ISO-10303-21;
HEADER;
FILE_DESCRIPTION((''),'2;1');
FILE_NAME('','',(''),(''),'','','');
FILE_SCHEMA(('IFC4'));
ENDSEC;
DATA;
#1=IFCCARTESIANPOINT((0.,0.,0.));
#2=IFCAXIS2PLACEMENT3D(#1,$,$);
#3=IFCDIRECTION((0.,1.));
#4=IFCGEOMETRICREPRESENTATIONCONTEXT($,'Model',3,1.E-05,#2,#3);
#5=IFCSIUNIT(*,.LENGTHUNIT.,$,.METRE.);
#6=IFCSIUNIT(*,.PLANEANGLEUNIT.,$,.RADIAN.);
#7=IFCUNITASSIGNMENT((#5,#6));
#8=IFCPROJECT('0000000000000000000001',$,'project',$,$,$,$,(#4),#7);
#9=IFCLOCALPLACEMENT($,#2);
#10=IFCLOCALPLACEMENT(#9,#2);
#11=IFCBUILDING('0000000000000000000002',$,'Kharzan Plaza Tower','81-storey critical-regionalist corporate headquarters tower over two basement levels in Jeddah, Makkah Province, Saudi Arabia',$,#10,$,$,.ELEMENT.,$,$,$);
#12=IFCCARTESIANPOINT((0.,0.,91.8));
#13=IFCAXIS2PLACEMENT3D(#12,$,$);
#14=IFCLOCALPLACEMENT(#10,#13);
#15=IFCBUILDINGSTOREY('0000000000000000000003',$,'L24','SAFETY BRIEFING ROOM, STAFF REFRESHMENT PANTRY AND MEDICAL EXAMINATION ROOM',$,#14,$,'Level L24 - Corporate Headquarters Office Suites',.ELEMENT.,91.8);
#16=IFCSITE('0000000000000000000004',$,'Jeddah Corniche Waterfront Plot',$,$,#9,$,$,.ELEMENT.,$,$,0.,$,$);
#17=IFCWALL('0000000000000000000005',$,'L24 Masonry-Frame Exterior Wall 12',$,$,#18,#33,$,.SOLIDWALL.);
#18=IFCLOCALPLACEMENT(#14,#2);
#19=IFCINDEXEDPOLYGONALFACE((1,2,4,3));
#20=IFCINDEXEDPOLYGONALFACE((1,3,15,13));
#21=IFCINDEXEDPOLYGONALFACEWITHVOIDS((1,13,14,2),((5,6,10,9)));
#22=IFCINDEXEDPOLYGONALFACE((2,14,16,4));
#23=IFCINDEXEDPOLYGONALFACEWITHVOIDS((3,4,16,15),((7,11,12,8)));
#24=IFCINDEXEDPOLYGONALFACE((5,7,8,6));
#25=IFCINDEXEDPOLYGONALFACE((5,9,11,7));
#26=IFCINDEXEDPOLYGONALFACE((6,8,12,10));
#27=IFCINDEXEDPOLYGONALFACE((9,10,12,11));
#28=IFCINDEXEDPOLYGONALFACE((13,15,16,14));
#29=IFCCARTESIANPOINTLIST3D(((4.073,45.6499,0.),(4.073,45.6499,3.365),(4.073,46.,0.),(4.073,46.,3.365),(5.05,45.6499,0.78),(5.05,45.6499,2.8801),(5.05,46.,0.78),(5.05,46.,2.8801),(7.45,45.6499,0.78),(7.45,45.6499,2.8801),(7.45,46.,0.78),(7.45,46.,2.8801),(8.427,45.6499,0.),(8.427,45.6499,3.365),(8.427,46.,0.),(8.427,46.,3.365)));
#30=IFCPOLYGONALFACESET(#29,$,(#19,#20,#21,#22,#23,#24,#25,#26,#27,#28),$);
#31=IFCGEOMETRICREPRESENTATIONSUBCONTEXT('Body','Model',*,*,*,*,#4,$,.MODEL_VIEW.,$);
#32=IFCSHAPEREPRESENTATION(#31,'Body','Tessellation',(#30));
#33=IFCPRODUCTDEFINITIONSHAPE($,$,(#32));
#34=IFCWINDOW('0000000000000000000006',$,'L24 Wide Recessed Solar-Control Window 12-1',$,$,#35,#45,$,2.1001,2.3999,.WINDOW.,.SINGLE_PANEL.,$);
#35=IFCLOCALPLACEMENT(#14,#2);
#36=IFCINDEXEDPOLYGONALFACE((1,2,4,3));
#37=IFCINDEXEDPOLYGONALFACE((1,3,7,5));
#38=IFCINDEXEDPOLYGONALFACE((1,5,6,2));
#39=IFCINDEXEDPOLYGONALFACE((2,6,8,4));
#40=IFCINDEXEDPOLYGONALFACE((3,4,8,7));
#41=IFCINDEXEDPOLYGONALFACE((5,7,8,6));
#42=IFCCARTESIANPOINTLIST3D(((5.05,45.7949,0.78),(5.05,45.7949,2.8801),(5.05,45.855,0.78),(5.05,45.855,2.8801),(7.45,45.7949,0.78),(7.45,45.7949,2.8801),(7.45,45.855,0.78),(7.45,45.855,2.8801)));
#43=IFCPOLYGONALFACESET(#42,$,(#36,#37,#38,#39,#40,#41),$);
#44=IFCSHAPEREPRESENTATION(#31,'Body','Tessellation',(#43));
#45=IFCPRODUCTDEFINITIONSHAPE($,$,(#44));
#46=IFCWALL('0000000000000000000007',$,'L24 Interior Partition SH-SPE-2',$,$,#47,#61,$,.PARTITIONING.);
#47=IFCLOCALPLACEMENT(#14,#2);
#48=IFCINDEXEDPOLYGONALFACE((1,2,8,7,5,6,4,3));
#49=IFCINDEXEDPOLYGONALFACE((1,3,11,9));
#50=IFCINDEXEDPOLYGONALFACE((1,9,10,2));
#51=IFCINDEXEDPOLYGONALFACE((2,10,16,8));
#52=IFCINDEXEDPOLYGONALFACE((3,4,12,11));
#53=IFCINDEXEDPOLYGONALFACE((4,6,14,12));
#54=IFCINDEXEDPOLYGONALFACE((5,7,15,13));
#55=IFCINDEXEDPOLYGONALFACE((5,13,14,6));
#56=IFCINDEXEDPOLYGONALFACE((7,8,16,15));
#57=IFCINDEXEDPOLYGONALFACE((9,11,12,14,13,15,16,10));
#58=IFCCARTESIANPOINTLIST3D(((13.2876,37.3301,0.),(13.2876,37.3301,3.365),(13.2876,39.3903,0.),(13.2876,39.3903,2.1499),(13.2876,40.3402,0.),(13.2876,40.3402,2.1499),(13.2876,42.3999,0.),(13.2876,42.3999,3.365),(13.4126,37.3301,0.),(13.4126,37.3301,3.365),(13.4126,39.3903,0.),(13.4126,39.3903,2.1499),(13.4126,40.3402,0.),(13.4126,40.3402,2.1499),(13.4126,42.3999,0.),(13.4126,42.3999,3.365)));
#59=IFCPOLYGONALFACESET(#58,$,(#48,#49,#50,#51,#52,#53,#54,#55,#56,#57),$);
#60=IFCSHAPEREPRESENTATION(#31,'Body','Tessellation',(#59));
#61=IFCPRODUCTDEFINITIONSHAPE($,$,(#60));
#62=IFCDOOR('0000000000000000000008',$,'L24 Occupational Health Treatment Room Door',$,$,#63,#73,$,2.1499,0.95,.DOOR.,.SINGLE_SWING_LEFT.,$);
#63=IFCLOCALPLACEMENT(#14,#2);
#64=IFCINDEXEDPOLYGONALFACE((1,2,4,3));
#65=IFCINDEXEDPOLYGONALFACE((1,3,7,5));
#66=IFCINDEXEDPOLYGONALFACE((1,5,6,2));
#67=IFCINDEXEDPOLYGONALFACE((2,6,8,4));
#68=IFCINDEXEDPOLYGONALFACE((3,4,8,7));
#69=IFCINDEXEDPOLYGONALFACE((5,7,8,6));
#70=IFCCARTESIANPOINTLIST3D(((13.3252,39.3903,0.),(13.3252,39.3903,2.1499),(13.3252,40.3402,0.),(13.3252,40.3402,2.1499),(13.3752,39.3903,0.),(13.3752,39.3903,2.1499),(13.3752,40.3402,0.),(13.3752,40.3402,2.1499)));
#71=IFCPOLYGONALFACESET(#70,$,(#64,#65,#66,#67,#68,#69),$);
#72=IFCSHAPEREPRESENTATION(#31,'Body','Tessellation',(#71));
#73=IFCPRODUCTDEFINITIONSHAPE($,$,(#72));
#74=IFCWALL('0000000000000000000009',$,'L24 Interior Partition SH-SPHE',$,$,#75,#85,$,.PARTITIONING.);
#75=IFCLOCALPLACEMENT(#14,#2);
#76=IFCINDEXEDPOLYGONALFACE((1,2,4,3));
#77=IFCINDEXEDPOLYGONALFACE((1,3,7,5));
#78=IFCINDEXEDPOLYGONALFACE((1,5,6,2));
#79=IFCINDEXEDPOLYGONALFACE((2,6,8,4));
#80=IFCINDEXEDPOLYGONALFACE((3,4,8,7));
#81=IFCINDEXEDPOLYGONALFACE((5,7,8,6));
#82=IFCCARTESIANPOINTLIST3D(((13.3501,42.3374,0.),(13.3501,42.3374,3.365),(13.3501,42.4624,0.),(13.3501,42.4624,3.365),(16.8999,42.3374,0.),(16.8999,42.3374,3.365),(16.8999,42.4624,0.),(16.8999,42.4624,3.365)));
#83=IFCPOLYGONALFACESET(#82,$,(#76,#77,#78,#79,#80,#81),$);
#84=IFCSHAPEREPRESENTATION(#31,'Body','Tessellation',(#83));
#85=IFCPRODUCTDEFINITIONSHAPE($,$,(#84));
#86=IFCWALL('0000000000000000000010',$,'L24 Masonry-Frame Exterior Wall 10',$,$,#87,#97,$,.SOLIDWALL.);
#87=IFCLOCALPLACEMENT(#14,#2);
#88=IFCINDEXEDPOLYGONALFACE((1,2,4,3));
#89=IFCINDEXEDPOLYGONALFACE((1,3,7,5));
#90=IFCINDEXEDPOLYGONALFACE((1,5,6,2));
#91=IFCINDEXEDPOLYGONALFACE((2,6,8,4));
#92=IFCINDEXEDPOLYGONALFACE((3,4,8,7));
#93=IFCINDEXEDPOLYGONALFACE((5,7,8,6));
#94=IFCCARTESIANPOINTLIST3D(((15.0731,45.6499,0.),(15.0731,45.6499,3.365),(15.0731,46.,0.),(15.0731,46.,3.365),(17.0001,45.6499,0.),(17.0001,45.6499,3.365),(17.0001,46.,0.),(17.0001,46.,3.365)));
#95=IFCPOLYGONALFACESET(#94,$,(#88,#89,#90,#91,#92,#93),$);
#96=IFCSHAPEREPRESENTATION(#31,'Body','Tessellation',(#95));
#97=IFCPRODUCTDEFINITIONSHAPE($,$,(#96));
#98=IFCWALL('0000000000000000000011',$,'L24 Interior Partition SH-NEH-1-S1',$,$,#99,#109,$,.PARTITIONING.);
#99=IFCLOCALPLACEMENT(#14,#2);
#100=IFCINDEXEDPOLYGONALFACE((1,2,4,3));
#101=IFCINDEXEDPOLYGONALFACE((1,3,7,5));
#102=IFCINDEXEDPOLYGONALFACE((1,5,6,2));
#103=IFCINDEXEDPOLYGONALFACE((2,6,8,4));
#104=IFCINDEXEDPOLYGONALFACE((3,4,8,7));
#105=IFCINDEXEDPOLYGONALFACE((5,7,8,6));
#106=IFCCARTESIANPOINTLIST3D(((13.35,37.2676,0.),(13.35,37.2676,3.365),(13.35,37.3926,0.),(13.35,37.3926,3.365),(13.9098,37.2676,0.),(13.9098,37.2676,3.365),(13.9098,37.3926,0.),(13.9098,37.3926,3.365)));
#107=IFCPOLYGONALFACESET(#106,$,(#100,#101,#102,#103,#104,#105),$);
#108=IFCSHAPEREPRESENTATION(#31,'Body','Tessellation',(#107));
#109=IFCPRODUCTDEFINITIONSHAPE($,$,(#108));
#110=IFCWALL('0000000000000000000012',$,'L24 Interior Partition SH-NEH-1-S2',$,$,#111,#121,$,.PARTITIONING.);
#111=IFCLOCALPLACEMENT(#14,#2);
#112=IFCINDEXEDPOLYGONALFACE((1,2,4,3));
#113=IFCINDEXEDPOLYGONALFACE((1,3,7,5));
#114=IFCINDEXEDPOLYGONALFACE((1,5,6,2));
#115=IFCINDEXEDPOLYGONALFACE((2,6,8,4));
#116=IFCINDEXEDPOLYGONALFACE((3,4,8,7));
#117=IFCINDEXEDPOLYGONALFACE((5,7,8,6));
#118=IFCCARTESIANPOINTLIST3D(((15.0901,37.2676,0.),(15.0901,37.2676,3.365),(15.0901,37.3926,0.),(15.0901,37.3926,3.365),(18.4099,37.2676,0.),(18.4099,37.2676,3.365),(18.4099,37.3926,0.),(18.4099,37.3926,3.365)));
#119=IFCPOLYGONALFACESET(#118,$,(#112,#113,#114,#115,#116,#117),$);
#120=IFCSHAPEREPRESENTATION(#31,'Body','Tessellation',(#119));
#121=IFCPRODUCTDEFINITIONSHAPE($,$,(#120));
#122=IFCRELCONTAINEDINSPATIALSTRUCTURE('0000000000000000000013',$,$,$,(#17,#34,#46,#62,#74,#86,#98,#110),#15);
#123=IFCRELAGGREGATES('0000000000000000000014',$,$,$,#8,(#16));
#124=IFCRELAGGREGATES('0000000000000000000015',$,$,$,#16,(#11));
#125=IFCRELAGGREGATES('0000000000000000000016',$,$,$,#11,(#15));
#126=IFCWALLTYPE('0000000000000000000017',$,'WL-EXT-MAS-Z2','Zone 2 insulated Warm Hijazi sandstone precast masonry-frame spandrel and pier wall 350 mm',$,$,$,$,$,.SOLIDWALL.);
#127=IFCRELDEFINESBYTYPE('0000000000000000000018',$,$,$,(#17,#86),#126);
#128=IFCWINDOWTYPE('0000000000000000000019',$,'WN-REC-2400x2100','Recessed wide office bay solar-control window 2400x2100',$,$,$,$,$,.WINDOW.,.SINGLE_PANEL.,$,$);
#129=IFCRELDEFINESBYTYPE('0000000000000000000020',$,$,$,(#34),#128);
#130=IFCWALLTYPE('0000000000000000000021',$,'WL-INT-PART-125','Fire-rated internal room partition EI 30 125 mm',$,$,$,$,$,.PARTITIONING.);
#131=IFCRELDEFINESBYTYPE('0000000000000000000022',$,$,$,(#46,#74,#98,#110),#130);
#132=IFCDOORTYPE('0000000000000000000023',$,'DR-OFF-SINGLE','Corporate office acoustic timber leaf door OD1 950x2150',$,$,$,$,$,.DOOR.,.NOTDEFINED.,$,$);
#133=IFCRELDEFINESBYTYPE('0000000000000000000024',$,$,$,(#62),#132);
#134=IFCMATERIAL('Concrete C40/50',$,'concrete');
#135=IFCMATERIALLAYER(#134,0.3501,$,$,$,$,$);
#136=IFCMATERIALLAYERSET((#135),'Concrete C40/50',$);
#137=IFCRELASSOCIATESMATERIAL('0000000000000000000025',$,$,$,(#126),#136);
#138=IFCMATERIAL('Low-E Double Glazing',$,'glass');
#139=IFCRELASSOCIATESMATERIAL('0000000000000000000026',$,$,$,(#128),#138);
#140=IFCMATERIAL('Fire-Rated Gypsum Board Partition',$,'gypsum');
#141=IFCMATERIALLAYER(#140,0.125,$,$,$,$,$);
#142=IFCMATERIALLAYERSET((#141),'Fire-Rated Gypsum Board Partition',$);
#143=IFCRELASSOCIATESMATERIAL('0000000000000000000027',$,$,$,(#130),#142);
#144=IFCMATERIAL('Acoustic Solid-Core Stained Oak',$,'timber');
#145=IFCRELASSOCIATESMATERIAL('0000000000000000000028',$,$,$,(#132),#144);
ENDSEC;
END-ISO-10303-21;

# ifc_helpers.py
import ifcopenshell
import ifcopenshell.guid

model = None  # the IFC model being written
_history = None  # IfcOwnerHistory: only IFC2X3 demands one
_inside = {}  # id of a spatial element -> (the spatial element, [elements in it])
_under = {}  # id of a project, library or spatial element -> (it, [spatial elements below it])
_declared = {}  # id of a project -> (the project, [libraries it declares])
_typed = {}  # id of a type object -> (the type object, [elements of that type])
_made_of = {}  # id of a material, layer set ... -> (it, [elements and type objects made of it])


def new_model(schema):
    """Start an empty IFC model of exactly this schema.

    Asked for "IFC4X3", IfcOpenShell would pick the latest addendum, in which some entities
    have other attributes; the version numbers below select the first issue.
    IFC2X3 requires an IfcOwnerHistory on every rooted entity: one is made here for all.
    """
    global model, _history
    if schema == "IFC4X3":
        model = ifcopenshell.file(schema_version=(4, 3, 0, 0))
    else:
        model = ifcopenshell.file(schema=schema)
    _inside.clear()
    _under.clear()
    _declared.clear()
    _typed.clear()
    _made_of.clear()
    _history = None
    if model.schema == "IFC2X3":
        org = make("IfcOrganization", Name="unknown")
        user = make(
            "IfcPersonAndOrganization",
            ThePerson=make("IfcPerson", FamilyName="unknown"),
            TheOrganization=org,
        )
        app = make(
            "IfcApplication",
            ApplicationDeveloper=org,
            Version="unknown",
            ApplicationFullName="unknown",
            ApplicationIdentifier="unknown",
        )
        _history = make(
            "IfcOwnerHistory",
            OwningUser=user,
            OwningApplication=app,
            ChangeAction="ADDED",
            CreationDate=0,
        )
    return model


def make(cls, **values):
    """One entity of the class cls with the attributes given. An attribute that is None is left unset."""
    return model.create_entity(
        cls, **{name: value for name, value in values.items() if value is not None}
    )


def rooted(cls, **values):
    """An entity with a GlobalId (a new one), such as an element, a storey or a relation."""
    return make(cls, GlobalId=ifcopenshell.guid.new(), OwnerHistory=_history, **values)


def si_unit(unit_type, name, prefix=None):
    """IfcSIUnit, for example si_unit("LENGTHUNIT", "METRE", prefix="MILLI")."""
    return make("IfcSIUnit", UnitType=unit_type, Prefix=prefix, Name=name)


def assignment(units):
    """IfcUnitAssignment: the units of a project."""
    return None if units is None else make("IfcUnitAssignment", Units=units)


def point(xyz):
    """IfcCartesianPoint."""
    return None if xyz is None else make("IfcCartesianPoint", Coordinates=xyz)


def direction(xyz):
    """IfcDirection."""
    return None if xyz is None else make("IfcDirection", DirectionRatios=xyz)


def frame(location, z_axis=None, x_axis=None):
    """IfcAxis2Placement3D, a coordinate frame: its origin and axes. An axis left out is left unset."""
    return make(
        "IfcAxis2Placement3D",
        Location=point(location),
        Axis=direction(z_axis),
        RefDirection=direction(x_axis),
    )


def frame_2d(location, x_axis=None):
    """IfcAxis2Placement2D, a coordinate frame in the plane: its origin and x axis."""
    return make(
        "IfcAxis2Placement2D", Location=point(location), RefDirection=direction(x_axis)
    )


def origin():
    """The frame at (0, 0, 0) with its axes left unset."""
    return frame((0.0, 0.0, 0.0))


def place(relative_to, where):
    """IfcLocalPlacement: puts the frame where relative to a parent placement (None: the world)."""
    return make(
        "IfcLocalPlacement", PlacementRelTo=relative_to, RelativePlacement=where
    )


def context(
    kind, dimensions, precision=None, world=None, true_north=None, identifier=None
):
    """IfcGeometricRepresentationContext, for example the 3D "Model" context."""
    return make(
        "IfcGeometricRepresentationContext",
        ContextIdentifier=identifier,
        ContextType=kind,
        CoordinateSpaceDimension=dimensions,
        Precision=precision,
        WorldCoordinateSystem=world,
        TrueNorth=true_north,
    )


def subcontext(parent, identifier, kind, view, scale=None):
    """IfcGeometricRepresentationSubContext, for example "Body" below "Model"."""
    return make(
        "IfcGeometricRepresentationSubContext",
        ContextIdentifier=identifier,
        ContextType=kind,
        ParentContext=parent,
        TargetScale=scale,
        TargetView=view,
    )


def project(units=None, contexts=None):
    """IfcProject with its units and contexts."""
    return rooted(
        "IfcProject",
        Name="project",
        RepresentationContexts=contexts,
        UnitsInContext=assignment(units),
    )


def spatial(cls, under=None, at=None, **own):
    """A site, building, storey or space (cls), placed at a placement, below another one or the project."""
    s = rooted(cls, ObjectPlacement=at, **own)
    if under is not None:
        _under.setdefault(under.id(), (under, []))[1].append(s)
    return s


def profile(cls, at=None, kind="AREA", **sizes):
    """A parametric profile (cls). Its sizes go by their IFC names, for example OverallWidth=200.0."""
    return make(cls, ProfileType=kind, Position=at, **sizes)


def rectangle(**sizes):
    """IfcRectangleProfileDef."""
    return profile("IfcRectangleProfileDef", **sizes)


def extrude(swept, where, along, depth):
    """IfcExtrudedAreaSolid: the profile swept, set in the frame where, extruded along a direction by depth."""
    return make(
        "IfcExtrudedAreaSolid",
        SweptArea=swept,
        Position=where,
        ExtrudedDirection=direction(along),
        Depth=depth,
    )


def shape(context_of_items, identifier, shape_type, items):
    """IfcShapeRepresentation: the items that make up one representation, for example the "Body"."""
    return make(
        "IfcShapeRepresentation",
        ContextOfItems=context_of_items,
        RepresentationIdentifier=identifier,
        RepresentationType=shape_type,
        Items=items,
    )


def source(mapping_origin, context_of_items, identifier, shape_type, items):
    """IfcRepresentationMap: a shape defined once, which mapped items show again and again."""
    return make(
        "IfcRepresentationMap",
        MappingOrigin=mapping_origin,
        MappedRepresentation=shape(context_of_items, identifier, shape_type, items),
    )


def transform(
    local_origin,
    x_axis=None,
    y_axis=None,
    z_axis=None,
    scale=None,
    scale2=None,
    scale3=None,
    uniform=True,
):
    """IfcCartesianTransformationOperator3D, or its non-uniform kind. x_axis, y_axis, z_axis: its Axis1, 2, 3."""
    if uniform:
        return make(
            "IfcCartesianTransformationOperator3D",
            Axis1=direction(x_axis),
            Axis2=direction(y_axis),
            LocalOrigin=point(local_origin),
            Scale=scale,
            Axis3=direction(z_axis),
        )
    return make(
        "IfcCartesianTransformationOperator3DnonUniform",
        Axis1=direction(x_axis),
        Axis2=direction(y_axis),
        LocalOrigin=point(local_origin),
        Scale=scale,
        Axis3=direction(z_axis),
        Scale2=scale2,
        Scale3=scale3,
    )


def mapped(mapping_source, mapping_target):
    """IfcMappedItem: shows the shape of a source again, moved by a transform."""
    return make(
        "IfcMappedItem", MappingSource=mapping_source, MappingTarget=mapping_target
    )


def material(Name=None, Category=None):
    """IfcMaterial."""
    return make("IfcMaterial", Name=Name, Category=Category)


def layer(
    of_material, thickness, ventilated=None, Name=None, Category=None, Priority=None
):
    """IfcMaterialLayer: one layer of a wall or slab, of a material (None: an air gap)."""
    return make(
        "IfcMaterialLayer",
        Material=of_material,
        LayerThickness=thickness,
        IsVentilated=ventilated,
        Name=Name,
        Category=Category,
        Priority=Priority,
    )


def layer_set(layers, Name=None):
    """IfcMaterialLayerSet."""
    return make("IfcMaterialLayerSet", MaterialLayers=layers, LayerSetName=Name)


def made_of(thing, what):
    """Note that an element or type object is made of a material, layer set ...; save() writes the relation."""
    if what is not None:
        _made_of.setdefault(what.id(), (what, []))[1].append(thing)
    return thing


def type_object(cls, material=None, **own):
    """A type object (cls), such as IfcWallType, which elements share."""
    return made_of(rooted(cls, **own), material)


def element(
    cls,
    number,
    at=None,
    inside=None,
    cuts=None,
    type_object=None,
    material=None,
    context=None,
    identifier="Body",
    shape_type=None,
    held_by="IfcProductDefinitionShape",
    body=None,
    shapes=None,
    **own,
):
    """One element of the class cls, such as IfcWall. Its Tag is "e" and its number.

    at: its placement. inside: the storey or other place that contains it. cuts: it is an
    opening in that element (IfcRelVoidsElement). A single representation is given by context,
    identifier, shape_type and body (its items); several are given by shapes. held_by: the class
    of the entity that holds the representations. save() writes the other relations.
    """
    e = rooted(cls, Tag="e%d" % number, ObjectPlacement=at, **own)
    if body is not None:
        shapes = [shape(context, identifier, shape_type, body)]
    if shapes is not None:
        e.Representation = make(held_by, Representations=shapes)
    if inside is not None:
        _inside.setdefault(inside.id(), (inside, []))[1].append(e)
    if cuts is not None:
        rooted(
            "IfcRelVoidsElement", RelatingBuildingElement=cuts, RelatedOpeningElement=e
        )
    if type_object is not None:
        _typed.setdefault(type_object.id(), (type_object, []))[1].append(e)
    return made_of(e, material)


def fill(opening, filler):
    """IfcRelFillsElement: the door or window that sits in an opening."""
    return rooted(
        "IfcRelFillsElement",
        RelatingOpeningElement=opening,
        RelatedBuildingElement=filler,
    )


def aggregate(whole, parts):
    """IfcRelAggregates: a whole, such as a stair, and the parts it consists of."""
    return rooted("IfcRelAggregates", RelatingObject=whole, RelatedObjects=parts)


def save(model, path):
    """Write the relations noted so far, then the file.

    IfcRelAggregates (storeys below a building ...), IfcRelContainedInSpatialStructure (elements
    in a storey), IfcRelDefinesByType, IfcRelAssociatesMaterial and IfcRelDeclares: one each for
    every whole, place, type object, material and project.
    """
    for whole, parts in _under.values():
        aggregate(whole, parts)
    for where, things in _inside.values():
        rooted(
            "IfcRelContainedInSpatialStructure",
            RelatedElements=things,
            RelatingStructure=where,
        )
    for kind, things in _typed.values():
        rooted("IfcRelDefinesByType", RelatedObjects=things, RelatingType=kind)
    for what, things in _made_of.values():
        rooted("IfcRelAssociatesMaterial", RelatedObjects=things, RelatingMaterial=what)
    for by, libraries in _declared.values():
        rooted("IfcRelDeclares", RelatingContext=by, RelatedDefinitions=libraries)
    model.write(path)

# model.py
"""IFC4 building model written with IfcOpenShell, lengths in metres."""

from ifc_helpers import new_model, si_unit, direction, frame, frame_2d, origin, place, context, subcontext, project, spatial, rectangle, extrude, source, transform, mapped, material, layer, layer_set, type_object, element, fill, save


model = new_model("IFC4")

# Units and contexts
model_context = context("Model", 3, precision=1e-05, world=origin(), true_north=direction((0.0, 1.0)))
body_context = subcontext(model_context, "Body", "Model", "MODEL_VIEW")
ifc_project = project(units=[si_unit("LENGTHUNIT", "METRE"), si_unit("PLANEANGLEUNIT", "RADIAN")], contexts=[model_context])

# Site, building, storey
site_placement = place(None, origin())
site = spatial("IfcSite", under=ifc_project, at=site_placement, Name="Jeddah Corniche Waterfront Plot", CompositionType="ELEMENT", RefElevation=0.0)
building_placement = place(site_placement, origin())
building = spatial("IfcBuilding", under=site, at=building_placement, Name="Kharzan Plaza Tower", Description="81-storey critical-regionalist corporate headquarters tower over two basement levels in Jeddah, Makkah Province, Saudi Arabia", CompositionType="ELEMENT")
storey_placement = place(building_placement, frame((0.0, 0.0, 91.8)))
storey = spatial("IfcBuildingStorey", under=building, at=storey_placement, Name="L24", Description="SAFETY BRIEFING ROOM, STAFF REFRESHMENT PANTRY AND MEDICAL EXAMINATION ROOM", LongName="Level L24 - Corporate Headquarters Office Suites", CompositionType="ELEMENT", Elevation=91.8)

# Wall, opening, window
ifc_material_1 = material(Name="Concrete C40/50", Category="concrete")
ifc_layer_1 = layer(ifc_material_1, 0.3501)
ifc_layer_set_1 = layer_set([ifc_layer_1], Name="Concrete C40/50")
wall_type_1 = type_object("IfcWallType", Name="WL-EXT-MAS-Z2", Description="Zone 2 insulated Warm Hijazi sandstone precast masonry-frame spandrel and pier wall 350 mm", PredefinedType="SOLIDWALL", material=ifc_layer_set_1)
ifc_material_2 = material(Name="Low-E Double Glazing", Category="glass")
window_type_1 = type_object("IfcWindowType", Name="WN-REC-2400x2100", Description="Recessed wide office bay solar-control window 2400x2100", PartitioningType="SINGLE_PANEL", PredefinedType="WINDOW", material=ifc_material_2)
shared_shape_1 = source(origin(), body_context, "Body", "SweptSolid", [
    extrude(rectangle(XDim=2.3999, YDim=2.1001, at=frame_2d((1.2, 1.05))), frame((0.0, 0.03, 0.0), z_axis=(0.0, -1.0, 0.0), x_axis=(1.0, 0.0, 0.0)), (0.0, 0.0, 1.0), 0.0601),
])
wall_1_placement = place(storey_placement, frame((8.427, 45.825, 0.0), z_axis=(0.0, 0.0, 1.0), x_axis=(-1.0, 0.0, 0.0)))
wall_1 = element("IfcWall", 1, at=wall_1_placement, inside=storey, type_object=wall_type_1, Name="L24 Masonry-Frame Exterior Wall 12", PredefinedType="SOLIDWALL", context=body_context, shape_type="SweptSolid", body=[
    extrude(rectangle(XDim=4.354, YDim=0.3501, at=frame_2d((2.177, 0.0))), origin(), (0.0, 0.0, 1.0), 3.365),
])
opening_1_placement = place(wall_1_placement, frame((0.9771, 0.0, 0.78)))
opening_1 = element("IfcOpeningElement", 2, at=opening_1_placement, cuts=wall_1, PredefinedType="OPENING", context=body_context, shape_type="SweptSolid", body=[
    extrude(rectangle(XDim=2.3999, YDim=2.1001, at=frame_2d((1.2, 1.05))), frame((0.0, 0.1851, 0.0), z_axis=(0.0, -1.0, 0.0), x_axis=(1.0, 0.0, 0.0)), (0.0, 0.0, 1.0), 0.3701),
])
window_1_placement = place(opening_1_placement, origin())
window_1 = element("IfcWindow", 3, at=window_1_placement, inside=storey, type_object=window_type_1, Name="L24 Wide Recessed Solar-Control Window 12-1", OverallHeight=2.1001, OverallWidth=2.3999, PartitioningType="SINGLE_PANEL", PredefinedType="WINDOW", context=body_context, shape_type="MappedRepresentation", body=[
    mapped(shared_shape_1, transform((0.0, 0.0, 0.0), x_axis=(1.0, 0.0, 0.0), y_axis=(0.0, 1.0, 0.0), z_axis=(0.0, 0.0, 1.0))),
])
fill(opening_1, window_1)

# Wall, opening, door
ifc_material_3 = material(Name="Fire-Rated Gypsum Board Partition", Category="gypsum")
ifc_layer_2 = layer(ifc_material_3, 0.125)
ifc_layer_set_2 = layer_set([ifc_layer_2], Name="Fire-Rated Gypsum Board Partition")
wall_type_2 = type_object("IfcWallType", Name="WL-INT-PART-125", Description="Fire-rated internal room partition EI 30 125 mm", PredefinedType="PARTITIONING", material=ifc_layer_set_2)
wall_2_placement = place(storey_placement, frame((13.3501, 37.3301, 0.0), z_axis=(0.0, 0.0, 1.0), x_axis=(0.0, 1.0, 0.0)))
wall_2 = element("IfcWall", 4, at=wall_2_placement, inside=storey, type_object=wall_type_2, Name="L24 Interior Partition SH-SPE-2", PredefinedType="PARTITIONING", context=body_context, shape_type="SweptSolid", body=[
    extrude(rectangle(XDim=5.0698, YDim=0.125, at=frame_2d((2.5349, 0.0))), origin(), (0.0, 0.0, 1.0), 3.365),
])
opening_2_placement = place(wall_2_placement, frame((2.0601, 0.0, 0.0)))
opening_2 = element("IfcOpeningElement", 5, at=opening_2_placement, cuts=wall_2, PredefinedType="OPENING", context=body_context, shape_type="SweptSolid", body=[
    extrude(rectangle(XDim=0.95, YDim=2.1499, at=frame_2d((0.4751, 1.075))), frame((0.0, 0.0725, 0.0), z_axis=(0.0, -1.0, 0.0), x_axis=(1.0, 0.0, 0.0)), (0.0, 0.0, 1.0), 0.145),
])
ifc_material_4 = material(Name="Acoustic Solid-Core Stained Oak", Category="timber")
door_type = type_object("IfcDoorType", Name="DR-OFF-SINGLE", Description="Corporate office acoustic timber leaf door OD1 950x2150", OperationType="NOTDEFINED", PredefinedType="DOOR", material=ifc_material_4)
shared_shape_2 = source(origin(), body_context, "Body", "SweptSolid", [
    extrude(rectangle(XDim=0.95, YDim=2.1499, at=frame_2d((0.4751, 1.075))), frame((0.0, 0.0249, 0.0), z_axis=(0.0, -1.0, 0.0), x_axis=(1.0, 0.0, 0.0)), (0.0, 0.0, 1.0), 0.05),
])
door_1_placement = place(opening_2_placement, origin())
door_1 = element("IfcDoor", 6, at=door_1_placement, inside=storey, type_object=door_type, Name="L24 Occupational Health Treatment Room Door", OperationType="SINGLE_SWING_LEFT", OverallHeight=2.1499, OverallWidth=0.95, PredefinedType="DOOR", context=body_context, shape_type="MappedRepresentation", body=[
    mapped(shared_shape_2, transform((0.0, 0.0, 0.0), x_axis=(1.0, 0.0, 0.0), y_axis=(0.0, 1.0, 0.0), z_axis=(0.0, 0.0, 1.0))),
])
fill(opening_2, door_1)

# Walls
shared_shape_3 = source(origin(), body_context, "Body", "SweptSolid", [
    extrude(rectangle(XDim=3.5498, YDim=0.125, at=frame_2d((1.7749, 0.0))), origin(), (0.0, 0.0, 1.0), 3.365),
])
wall_3_placement = place(storey_placement, frame((13.3501, 42.3999, 0.0), z_axis=(0.0, 0.0, 1.0), x_axis=(1.0, 0.0, 0.0)))
element("IfcWall", 7, at=wall_3_placement, inside=storey, type_object=wall_type_2, Name="L24 Interior Partition SH-SPHE", PredefinedType="PARTITIONING", context=body_context, shape_type="MappedRepresentation", body=[
    mapped(shared_shape_3, transform((0.0, 0.0, 0.0), x_axis=(1.0, 0.0, 0.0), y_axis=(0.0, 1.0, 0.0), z_axis=(0.0, 0.0, 1.0))),
])
shared_shape_4 = source(origin(), body_context, "Body", "SweptSolid", [
    extrude(rectangle(XDim=1.927, YDim=0.3501, at=frame_2d((0.9634, 0.0))), origin(), (0.0, 0.0, 1.0), 3.365),
])
wall_4_placement = place(storey_placement, frame((17.0, 45.825, 0.0), z_axis=(0.0, 0.0, 1.0), x_axis=(-1.0, 0.0, 0.0)))
element("IfcWall", 8, at=wall_4_placement, inside=storey, type_object=wall_type_1, Name="L24 Masonry-Frame Exterior Wall 10", PredefinedType="SOLIDWALL", context=body_context, shape_type="MappedRepresentation", body=[
    mapped(shared_shape_4, transform((0.0, 0.0, 0.0), x_axis=(1.0, 0.0, 0.0), y_axis=(0.0, 1.0, 0.0), z_axis=(0.0, 0.0, 1.0))),
])
shared_shape_5 = source(origin(), body_context, "Body", "SweptSolid", [
    extrude(rectangle(XDim=0.5598, YDim=0.125, at=frame_2d((0.2798, 0.0))), origin(), (0.0, 0.0, 1.0), 3.365),
])
wall_5_placement = place(storey_placement, frame((13.3501, 37.3301, 0.0), z_axis=(0.0, 0.0, 1.0), x_axis=(1.0, 0.0, 0.0)))
element("IfcWall", 9, at=wall_5_placement, inside=storey, type_object=wall_type_2, Name="L24 Interior Partition SH-NEH-1-S1", PredefinedType="PARTITIONING", context=body_context, shape_type="MappedRepresentation", body=[
    mapped(shared_shape_5, transform((0.0, 0.0, 0.0), x_axis=(1.0, 0.0, 0.0), y_axis=(0.0, 1.0, 0.0), z_axis=(0.0, 0.0, 1.0))),
])
shared_shape_6 = source(origin(), body_context, "Body", "SweptSolid", [
    extrude(rectangle(XDim=3.3198, YDim=0.125, at=frame_2d((1.6599, 0.0))), origin(), (0.0, 0.0, 1.0), 3.365),
])
wall_6_placement = place(storey_placement, frame((15.0901, 37.3301, 0.0), z_axis=(0.0, 0.0, 1.0), x_axis=(1.0, 0.0, 0.0)))
element("IfcWall", 10, at=wall_6_placement, inside=storey, type_object=wall_type_2, Name="L24 Interior Partition SH-NEH-1-S2", PredefinedType="PARTITIONING", context=body_context, shape_type="MappedRepresentation", body=[
    mapped(shared_shape_6, transform((0.0, 0.0, 0.0), x_axis=(1.0, 0.0, 0.0), y_axis=(0.0, 1.0, 0.0), z_axis=(0.0, 0.0, 1.0))),
])

save(model, "model.ifc")
